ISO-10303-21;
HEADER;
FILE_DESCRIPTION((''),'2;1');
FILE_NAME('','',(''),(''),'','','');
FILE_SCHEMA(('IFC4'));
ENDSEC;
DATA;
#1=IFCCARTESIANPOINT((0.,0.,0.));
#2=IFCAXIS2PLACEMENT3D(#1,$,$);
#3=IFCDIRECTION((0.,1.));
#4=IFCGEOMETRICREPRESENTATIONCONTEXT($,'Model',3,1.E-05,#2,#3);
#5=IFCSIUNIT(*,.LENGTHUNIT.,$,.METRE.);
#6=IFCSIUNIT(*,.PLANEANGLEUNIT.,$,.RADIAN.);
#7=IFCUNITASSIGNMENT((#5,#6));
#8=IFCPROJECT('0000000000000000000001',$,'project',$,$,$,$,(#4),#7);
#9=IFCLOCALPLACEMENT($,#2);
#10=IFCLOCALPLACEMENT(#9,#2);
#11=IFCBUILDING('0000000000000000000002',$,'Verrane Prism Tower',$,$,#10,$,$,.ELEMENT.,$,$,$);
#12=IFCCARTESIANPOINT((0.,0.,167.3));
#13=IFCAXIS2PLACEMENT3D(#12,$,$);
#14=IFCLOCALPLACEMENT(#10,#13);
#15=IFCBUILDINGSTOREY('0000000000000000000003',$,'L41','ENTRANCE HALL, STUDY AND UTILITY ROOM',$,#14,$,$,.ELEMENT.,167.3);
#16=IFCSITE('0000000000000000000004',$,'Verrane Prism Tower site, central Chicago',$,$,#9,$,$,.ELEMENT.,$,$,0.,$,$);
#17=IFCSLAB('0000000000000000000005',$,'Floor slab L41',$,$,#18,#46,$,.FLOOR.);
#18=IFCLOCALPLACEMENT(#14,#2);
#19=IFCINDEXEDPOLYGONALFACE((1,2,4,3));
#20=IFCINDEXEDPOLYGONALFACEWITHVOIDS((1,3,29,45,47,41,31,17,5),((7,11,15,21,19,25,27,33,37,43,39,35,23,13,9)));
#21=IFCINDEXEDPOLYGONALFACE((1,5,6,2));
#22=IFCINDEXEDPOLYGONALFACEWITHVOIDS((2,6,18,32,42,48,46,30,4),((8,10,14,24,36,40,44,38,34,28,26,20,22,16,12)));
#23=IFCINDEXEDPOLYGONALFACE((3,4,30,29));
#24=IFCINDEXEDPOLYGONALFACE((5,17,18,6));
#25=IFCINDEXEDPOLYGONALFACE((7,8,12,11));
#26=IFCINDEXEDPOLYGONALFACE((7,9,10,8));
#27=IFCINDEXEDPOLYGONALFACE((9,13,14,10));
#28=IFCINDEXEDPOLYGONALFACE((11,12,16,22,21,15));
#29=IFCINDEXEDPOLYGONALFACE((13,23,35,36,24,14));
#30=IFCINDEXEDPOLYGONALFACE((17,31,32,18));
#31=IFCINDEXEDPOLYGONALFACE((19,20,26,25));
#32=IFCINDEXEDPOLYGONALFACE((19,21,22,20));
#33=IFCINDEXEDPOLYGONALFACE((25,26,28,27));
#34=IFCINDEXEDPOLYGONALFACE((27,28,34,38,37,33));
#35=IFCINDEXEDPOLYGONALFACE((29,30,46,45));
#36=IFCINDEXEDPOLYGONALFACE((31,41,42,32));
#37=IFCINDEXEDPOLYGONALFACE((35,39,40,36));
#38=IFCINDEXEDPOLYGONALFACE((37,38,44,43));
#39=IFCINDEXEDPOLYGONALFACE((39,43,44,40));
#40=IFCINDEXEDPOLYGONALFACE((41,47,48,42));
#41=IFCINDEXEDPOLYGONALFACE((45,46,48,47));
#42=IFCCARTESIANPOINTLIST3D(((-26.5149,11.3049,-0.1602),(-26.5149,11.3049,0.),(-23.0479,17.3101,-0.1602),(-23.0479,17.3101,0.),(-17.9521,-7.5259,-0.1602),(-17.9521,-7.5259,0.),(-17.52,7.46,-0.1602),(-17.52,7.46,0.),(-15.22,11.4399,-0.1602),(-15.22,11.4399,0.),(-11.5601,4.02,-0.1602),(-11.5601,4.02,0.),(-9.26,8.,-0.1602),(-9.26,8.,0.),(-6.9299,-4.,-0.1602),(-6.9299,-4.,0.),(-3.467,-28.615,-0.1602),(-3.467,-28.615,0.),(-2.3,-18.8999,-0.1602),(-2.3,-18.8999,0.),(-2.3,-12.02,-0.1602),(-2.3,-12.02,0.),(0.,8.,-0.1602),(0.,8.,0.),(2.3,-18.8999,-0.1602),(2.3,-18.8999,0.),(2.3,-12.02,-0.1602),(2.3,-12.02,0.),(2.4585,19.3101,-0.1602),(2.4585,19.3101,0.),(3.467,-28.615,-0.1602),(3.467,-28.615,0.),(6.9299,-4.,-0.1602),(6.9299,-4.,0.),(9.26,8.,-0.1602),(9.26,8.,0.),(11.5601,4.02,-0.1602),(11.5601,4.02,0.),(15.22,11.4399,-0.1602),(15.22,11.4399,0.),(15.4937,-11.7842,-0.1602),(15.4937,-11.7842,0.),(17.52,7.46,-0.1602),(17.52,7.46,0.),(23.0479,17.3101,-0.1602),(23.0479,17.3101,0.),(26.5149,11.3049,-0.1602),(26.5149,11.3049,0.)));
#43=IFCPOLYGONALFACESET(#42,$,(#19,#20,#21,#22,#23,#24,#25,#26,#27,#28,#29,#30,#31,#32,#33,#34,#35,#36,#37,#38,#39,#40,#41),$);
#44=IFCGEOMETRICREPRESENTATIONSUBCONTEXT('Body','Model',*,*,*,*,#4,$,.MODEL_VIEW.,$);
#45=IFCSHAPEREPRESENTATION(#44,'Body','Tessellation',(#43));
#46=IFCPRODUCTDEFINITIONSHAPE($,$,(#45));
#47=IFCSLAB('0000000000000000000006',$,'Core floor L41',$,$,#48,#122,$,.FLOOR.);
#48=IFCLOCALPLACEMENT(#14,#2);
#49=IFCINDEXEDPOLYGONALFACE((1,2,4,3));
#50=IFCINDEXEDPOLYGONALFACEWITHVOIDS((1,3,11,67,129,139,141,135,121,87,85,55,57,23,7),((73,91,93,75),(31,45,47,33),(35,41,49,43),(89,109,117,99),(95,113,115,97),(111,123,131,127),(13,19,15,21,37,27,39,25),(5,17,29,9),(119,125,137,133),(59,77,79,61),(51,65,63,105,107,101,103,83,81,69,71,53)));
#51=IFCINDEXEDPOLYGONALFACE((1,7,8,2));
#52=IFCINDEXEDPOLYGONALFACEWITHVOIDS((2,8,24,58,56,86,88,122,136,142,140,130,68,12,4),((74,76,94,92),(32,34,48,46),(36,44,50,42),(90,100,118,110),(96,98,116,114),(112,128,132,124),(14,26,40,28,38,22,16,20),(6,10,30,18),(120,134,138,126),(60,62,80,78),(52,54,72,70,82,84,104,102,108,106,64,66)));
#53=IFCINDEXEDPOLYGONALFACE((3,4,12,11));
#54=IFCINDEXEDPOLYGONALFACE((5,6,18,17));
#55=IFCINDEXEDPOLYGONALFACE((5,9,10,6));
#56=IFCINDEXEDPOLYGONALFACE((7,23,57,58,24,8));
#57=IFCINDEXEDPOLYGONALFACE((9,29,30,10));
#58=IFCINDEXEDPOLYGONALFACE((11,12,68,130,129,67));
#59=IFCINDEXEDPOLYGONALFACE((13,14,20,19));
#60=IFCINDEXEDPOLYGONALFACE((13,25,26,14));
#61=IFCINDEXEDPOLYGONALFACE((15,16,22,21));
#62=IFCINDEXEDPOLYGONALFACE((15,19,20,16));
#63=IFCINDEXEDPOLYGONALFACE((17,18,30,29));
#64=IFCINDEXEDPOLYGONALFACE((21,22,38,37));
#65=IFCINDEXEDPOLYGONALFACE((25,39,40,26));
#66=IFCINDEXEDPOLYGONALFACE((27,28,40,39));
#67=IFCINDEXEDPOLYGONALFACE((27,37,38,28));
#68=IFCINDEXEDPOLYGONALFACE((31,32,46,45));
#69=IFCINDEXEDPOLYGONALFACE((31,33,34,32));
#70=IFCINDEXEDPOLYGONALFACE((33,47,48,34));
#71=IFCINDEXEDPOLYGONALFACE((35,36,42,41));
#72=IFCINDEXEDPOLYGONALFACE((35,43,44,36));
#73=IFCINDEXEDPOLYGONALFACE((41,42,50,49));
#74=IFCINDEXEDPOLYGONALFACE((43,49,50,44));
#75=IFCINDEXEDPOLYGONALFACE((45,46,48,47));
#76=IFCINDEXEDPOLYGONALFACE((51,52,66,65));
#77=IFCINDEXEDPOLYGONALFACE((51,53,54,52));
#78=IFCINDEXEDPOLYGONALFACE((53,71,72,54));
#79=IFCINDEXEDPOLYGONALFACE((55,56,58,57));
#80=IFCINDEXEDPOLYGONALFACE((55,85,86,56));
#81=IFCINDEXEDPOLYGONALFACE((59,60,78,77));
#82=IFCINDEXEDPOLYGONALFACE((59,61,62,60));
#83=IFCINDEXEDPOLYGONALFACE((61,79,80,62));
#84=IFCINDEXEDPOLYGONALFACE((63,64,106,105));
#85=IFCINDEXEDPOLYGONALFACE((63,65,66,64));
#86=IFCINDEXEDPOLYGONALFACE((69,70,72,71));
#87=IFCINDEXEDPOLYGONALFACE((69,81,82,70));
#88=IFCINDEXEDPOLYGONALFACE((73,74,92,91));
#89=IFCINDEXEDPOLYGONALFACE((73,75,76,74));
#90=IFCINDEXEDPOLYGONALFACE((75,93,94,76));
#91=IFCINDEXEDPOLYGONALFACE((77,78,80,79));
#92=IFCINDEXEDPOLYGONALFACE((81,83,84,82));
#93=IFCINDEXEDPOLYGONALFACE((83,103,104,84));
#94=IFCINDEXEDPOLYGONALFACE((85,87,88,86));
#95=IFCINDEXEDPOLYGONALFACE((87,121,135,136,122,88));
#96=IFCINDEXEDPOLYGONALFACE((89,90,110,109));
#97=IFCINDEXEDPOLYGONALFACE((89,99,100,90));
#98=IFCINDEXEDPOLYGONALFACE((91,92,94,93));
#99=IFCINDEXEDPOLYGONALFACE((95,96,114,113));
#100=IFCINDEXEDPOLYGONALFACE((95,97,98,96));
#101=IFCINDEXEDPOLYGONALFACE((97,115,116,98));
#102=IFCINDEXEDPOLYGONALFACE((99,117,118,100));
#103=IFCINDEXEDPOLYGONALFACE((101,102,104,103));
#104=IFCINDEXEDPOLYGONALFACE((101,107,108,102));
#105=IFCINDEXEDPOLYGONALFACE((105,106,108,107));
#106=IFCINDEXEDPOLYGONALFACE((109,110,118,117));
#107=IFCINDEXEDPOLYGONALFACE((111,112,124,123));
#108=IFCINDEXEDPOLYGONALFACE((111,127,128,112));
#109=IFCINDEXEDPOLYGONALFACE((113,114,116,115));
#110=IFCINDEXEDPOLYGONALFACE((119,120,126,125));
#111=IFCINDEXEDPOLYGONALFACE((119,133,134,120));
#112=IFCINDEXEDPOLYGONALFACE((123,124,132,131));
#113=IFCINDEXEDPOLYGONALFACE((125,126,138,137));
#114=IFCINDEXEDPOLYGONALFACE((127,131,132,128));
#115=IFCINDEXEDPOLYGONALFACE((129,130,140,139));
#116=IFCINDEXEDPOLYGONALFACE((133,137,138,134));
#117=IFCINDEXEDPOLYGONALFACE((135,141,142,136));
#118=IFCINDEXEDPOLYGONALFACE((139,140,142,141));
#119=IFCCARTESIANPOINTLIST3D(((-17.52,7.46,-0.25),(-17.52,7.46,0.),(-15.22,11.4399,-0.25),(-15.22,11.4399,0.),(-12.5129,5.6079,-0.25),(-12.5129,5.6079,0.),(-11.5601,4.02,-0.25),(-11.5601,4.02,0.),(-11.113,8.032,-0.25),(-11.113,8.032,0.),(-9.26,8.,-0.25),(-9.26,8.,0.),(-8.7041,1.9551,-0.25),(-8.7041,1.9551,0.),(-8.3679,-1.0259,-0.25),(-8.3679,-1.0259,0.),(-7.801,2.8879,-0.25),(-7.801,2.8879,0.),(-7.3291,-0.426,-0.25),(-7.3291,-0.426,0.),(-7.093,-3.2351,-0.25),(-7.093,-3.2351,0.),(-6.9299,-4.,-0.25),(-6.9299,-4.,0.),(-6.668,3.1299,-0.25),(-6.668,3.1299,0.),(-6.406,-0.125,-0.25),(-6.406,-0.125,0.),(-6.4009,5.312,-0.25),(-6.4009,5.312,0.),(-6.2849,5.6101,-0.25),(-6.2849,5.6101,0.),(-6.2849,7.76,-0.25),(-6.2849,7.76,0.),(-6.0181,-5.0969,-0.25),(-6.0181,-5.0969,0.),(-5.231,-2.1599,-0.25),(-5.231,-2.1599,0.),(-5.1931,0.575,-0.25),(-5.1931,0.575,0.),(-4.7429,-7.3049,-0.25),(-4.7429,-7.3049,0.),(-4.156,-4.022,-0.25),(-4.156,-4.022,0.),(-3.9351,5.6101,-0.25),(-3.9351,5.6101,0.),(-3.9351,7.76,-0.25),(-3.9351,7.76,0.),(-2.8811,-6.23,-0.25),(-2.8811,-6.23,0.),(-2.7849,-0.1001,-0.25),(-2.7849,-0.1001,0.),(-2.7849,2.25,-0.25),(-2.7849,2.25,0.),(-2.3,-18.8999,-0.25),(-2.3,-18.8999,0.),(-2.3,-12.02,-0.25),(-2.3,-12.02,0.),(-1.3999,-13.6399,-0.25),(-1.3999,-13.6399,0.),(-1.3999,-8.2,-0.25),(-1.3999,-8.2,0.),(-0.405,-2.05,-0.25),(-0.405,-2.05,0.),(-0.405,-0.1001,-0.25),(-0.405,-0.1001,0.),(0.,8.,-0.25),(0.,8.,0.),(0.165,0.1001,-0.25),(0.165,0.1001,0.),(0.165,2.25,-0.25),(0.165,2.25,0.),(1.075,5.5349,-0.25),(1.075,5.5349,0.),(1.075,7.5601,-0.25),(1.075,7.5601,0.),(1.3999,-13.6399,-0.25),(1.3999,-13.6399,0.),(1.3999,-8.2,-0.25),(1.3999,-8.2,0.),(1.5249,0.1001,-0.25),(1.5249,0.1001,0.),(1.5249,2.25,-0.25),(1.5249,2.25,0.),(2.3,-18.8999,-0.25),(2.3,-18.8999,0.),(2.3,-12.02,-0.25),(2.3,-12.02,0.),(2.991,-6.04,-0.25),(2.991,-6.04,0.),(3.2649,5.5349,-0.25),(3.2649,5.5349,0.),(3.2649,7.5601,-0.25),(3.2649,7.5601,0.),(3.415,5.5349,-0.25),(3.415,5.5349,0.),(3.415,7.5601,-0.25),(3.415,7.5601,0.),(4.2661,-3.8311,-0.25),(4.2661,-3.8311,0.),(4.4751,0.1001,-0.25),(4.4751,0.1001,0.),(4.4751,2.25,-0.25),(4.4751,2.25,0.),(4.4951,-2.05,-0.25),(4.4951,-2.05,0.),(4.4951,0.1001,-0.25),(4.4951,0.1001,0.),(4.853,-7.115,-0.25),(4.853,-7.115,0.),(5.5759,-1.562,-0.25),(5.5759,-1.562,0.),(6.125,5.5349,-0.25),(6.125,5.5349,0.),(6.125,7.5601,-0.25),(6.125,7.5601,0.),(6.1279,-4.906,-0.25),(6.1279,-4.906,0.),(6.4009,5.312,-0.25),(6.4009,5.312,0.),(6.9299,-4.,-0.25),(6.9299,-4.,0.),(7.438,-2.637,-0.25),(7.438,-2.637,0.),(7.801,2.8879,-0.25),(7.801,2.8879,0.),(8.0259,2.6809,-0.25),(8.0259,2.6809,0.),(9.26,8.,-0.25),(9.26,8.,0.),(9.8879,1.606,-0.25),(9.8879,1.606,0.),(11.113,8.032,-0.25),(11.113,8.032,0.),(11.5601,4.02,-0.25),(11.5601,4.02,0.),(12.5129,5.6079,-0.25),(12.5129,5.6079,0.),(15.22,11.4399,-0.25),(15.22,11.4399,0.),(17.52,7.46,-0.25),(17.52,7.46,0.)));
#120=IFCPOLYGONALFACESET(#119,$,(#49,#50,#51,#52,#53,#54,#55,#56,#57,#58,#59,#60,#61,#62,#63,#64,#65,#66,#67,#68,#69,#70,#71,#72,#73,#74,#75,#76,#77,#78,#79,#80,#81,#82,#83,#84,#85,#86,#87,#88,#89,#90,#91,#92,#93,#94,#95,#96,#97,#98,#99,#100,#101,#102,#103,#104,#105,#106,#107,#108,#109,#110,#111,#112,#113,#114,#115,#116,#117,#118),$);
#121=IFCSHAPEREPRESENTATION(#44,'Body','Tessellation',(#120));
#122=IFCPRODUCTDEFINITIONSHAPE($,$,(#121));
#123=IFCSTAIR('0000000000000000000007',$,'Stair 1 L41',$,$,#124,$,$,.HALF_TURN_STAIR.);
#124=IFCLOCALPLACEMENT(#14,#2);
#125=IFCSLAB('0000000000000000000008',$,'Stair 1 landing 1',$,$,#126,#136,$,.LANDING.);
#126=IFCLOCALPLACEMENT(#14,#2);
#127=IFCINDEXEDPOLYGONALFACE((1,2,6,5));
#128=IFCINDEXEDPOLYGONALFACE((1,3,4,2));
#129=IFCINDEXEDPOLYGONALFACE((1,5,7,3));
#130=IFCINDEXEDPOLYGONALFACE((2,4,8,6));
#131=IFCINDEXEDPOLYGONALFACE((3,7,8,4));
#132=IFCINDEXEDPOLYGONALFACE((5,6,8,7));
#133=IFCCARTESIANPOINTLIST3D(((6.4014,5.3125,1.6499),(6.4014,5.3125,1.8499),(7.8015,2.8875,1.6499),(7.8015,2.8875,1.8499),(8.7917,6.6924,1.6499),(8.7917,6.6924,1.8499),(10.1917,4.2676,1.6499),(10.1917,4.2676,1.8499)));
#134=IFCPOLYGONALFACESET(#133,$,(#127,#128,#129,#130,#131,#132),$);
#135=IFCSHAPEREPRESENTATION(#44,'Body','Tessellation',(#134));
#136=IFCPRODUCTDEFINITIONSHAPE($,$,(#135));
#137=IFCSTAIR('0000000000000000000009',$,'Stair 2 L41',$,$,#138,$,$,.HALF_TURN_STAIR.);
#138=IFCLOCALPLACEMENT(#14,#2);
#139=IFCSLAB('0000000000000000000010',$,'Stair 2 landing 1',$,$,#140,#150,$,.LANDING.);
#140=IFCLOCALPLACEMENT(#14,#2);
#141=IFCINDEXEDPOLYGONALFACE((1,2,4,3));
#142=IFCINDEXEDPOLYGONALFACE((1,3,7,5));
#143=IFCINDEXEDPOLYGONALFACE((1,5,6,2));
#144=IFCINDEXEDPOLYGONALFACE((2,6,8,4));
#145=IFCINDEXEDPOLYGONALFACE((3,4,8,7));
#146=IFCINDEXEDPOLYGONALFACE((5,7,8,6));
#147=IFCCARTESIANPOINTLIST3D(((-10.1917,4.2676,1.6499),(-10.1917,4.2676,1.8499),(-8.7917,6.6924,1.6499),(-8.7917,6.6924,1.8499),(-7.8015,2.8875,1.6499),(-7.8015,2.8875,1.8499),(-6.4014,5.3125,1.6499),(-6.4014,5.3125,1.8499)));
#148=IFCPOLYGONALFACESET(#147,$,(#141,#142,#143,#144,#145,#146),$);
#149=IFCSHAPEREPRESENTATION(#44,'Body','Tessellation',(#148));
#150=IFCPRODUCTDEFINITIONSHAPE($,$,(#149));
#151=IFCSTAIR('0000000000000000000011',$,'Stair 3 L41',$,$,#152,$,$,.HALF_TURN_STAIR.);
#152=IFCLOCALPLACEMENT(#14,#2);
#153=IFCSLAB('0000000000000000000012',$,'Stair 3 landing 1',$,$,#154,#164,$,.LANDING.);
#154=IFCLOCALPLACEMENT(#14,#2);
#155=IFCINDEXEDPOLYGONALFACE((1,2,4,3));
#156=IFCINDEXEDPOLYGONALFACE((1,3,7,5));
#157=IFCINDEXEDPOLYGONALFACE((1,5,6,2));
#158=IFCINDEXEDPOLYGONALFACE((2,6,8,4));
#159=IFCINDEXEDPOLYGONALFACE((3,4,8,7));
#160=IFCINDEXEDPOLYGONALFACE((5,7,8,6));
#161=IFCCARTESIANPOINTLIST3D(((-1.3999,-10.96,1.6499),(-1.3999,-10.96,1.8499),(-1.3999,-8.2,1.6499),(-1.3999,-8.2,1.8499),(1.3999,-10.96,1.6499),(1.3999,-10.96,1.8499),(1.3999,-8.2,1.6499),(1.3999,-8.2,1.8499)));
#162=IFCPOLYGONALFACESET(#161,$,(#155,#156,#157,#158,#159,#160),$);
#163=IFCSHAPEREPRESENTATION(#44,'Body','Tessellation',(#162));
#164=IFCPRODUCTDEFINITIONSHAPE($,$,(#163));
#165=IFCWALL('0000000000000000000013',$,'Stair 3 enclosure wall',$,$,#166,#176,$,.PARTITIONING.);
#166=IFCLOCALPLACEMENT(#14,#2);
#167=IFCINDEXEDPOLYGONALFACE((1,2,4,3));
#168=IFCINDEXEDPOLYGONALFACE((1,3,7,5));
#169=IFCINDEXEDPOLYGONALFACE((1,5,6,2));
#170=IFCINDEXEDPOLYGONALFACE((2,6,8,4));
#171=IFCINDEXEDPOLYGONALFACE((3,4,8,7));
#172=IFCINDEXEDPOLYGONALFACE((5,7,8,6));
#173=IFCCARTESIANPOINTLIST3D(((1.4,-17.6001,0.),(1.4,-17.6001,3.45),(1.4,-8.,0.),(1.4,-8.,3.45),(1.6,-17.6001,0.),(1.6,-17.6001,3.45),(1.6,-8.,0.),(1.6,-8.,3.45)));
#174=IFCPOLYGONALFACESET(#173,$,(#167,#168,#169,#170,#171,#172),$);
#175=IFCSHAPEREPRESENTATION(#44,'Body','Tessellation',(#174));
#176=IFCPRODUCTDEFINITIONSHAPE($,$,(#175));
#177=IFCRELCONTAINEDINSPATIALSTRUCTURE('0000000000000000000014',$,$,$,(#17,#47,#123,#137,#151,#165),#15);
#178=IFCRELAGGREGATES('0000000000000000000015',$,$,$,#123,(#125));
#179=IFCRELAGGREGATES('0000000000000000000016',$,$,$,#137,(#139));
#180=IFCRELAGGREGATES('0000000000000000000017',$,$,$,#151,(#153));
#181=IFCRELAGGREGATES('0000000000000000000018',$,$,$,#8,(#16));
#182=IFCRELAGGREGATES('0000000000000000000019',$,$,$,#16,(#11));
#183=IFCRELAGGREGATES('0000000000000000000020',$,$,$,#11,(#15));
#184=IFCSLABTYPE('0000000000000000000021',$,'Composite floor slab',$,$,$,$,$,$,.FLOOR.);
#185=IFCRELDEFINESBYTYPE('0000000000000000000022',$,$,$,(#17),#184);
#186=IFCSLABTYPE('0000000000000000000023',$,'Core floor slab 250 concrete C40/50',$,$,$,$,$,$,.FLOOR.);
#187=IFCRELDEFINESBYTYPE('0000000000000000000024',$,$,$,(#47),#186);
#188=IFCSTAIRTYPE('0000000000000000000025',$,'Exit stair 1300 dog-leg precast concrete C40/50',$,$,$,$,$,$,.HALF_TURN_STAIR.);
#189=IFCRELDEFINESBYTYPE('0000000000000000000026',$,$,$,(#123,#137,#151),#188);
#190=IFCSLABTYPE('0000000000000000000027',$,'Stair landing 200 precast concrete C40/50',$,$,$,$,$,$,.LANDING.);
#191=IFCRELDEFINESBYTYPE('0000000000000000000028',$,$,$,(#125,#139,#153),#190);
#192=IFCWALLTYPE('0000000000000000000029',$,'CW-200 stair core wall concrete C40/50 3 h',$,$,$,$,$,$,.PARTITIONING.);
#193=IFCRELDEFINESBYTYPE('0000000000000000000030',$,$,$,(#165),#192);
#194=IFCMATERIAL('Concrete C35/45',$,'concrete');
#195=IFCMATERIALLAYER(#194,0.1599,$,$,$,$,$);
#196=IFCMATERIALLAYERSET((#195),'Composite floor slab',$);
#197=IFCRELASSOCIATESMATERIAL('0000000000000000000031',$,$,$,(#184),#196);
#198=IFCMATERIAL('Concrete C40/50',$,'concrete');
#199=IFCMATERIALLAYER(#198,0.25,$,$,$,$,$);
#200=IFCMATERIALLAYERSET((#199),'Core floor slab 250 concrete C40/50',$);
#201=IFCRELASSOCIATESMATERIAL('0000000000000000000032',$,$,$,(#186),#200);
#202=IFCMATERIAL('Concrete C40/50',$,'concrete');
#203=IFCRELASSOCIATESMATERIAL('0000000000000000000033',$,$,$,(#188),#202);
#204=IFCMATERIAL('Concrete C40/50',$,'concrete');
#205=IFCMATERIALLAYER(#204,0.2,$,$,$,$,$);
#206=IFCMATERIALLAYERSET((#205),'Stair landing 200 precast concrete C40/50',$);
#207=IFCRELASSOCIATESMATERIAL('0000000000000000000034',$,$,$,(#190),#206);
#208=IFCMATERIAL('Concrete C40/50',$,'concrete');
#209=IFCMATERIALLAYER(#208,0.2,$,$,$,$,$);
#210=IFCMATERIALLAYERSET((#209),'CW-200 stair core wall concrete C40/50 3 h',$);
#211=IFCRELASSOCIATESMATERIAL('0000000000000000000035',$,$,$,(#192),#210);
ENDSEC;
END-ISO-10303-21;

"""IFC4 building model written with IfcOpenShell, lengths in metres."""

from ifc_helpers import new_model, si_unit, direction, frame, frame_2d, origin, place, context, subcontext, project, spatial, polyline, rectangle, outline, extrude, material, layer, layer_set, type_object, element, aggregate, save


model = new_model("IFC4")

# Units and contexts
model_context = context("Model", 3, precision=1e-05, world=origin(), true_north=direction((0.0, 1.0)))
body_context = subcontext(model_context, "Body", "Model", "MODEL_VIEW")
ifc_project = project(units=[si_unit("LENGTHUNIT", "METRE"), si_unit("PLANEANGLEUNIT", "RADIAN")], contexts=[model_context])

# Site, building, storey
site_placement = place(None, origin())
site = spatial("IfcSite", under=ifc_project, at=site_placement, Name="Verrane Prism Tower site, central Chicago", CompositionType="ELEMENT", RefElevation=0.0)
building_placement = place(site_placement, origin())
building = spatial("IfcBuilding", under=site, at=building_placement, Name="Verrane Prism Tower", CompositionType="ELEMENT")
storey_placement = place(building_placement, frame((0.0, 0.0, 167.3)))
storey = spatial("IfcBuildingStorey", under=building, at=storey_placement, Name="L41", Description="ENTRANCE HALL, STUDY AND UTILITY ROOM", CompositionType="ELEMENT", Elevation=167.3)

# Slabs
ifc_material_1 = material(Name="Concrete C35/45", Category="concrete")
ifc_layer_1 = layer(ifc_material_1, 0.1599)
ifc_layer_set_1 = layer_set([ifc_layer_1], Name="Composite floor slab")
slab_type_1 = type_object("IfcSlabType", Name="Composite floor slab", PredefinedType="FLOOR", material=ifc_layer_set_1)
slab_1_placement = place(storey_placement, frame((0.0, 0.0, -0.1602)))
element("IfcSlab", 1, at=slab_1_placement, inside=storey, type_object=slab_type_1, Name="Floor slab L41", PredefinedType="FLOOR", context=body_context, shape_type="SweptSolid", body=[
    extrude(outline(polyline([(15.4937, -11.7842), (3.467, -28.615), (-3.467, -28.615), (-17.9521, -7.5259), (-26.5149, 11.3049), (-23.0479, 17.3101), (2.4585, 19.3101), (23.0479, 17.3101), (26.5149, 11.3049), (15.4937, -11.7842)]), holes=[polyline([(17.52, 7.46), (15.22, 11.4399), (9.26, 8.0), (0.0, 8.0), (-9.26, 8.0), (-15.22, 11.4399), (-17.52, 7.46), (-11.5601, 4.02), (-6.9299, -4.0), (-2.3, -12.02), (-2.3, -18.8999), (2.3, -18.8999), (2.3, -12.02), (6.9299, -4.0), (11.5601, 4.02), (17.52, 7.46)])]), origin(), (0.0, 0.0, 1.0), 0.1602),
])
ifc_material_2 = material(Name="Concrete C40/50", Category="concrete")
ifc_layer_2 = layer(ifc_material_2, 0.25)
ifc_layer_set_2 = layer_set([ifc_layer_2], Name="Core floor slab 250 concrete C40/50")
slab_type_2 = type_object("IfcSlabType", Name="Core floor slab 250 concrete C40/50", PredefinedType="FLOOR", material=ifc_layer_set_2)
slab_2_placement = place(storey_placement, frame((0.0, 0.0, -0.25)))
element("IfcSlab", 2, at=slab_2_placement, inside=storey, type_object=slab_type_2, Name="Core floor L41", PredefinedType="FLOOR", context=body_context, shape_type="SweptSolid", body=[
    extrude(outline(polyline([(11.5601, 4.02), (17.52, 7.46), (15.22, 11.4399), (9.26, 8.0), (0.0, 8.0), (-9.26, 8.0), (-15.22, 11.4399), (-17.52, 7.46), (-11.5601, 4.02), (-6.9299, -4.0), (-2.3, -12.02), (-2.3, -18.8999), (2.3, -18.8999), (2.3, -12.02), (6.9299, -4.0), (11.5601, 4.02)]), holes=[polyline([(1.3999, -8.2), (1.3999, -13.6399), (-1.3999, -13.6399), (-1.3999, -8.2), (1.3999, -8.2)]), polyline([(-2.8811, -6.23), (-4.7429, -7.3049), (-6.0181, -5.0969), (-4.156, -4.022), (-2.8811, -6.23)]), polyline([(-7.801, 2.8879), (-12.5129, 5.6079), (-11.113, 8.032), (-6.4009, 5.312), (-7.801, 2.8879)]), polyline([(-6.2849, 5.6101), (-6.2849, 7.76), (-3.9351, 7.76), (-3.9351, 5.6101), (-6.2849, 5.6101)]), polyline([(4.2661, -3.8311), (6.1279, -4.906), (4.853, -7.115), (2.991, -6.04), (4.2661, -3.8311)]), polyline([(7.438, -2.637), (5.5759, -1.562), (8.0259, 2.6809), (9.8879, 1.606), (7.438, -2.637)]), polyline([(0.165, 0.1001), (1.5249, 0.1001), (1.5249, 2.25), (4.4751, 2.25), (4.4751, 0.1001), (4.4951, 0.1001), (4.4951, -2.05), (-0.405, -2.05), (-0.405, -0.1001), (-2.7849, -0.1001), (-2.7849, 2.25), (0.165, 2.25), (0.165, 0.1001)]), polyline([(6.4009, 5.312), (11.113, 8.032), (12.5129, 5.6079), (7.801, 2.8879), (6.4009, 5.312)]), polyline([(1.075, 5.5349), (1.075, 7.5601), (3.2649, 7.5601), (3.2649, 5.5349), (1.075, 5.5349)]), polyline([(3.415, 7.5601), (6.125, 7.5601), (6.125, 5.5349), (3.415, 5.5349), (3.415, 7.5601)]), polyline([(-5.231, -2.1599), (-7.093, -3.2351), (-8.3679, -1.0259), (-7.3291, -0.426), (-8.7041, 1.9551), (-6.668, 3.1299), (-5.1931, 0.575), (-6.406, -0.125), (-5.231, -2.1599)])]), origin(), (0.0, 0.0, 1.0), 0.25),
])

# Stairs, slabs
ifc_material_3 = material(Name="Concrete C40/50", Category="concrete")
stair_type = type_object("IfcStairType", Name="Exit stair 1300 dog-leg precast concrete C40/50", PredefinedType="HALF_TURN_STAIR", material=ifc_material_3)
stair_1_placement = place(storey_placement, origin())
stair_1 = element("IfcStair", 3, at=stair_1_placement, inside=storey, type_object=stair_type, Name="Stair 1 L41", PredefinedType="HALF_TURN_STAIR")
ifc_material_4 = material(Name="Concrete C40/50", Category="concrete")
ifc_layer_3 = layer(ifc_material_4, 0.2)
ifc_layer_set_3 = layer_set([ifc_layer_3], Name="Stair landing 200 precast concrete C40/50")
slab_type_3 = type_object("IfcSlabType", Name="Stair landing 200 precast concrete C40/50", PredefinedType="LANDING", material=ifc_layer_set_3)
slab_3_placement = place(storey_placement, frame((0.0, 0.0, 1.6499)))
slab_3 = element("IfcSlab", 4, at=slab_3_placement, type_object=slab_type_3, Name="Stair 1 landing 1", PredefinedType="LANDING", context=body_context, shape_type="SweptSolid", body=[
    extrude(outline(polyline([(8.7917, 6.6924), (6.4014, 5.3125), (7.8015, 2.8875), (10.1917, 4.2676), (8.7917, 6.6924)])), origin(), (0.0, 0.0, 1.0), 0.2),
])
aggregate(stair_1, [slab_3])
stair_2_placement = place(storey_placement, origin())
stair_2 = element("IfcStair", 5, at=stair_2_placement, inside=storey, type_object=stair_type, Name="Stair 2 L41", PredefinedType="HALF_TURN_STAIR")
slab_4_placement = place(storey_placement, frame((0.0, 0.0, 1.6499)))
slab_4 = element("IfcSlab", 6, at=slab_4_placement, type_object=slab_type_3, Name="Stair 2 landing 1", PredefinedType="LANDING", context=body_context, shape_type="SweptSolid", body=[
    extrude(outline(polyline([(-10.1917, 4.2676), (-7.8015, 2.8875), (-6.4014, 5.3125), (-8.7917, 6.6924), (-10.1917, 4.2676)])), origin(), (0.0, 0.0, 1.0), 0.2),
])
aggregate(stair_2, [slab_4])
stair_3_placement = place(storey_placement, origin())
stair_3 = element("IfcStair", 7, at=stair_3_placement, inside=storey, type_object=stair_type, Name="Stair 3 L41", PredefinedType="HALF_TURN_STAIR")
slab_5_placement = place(storey_placement, frame((0.0, 0.0, 1.6499)))
slab_5 = element("IfcSlab", 8, at=slab_5_placement, type_object=slab_type_3, Name="Stair 3 landing 1", PredefinedType="LANDING", context=body_context, shape_type="SweptSolid", body=[
    extrude(outline(polyline([(1.3999, -10.96), (1.3999, -8.2), (-1.3999, -8.2), (-1.3999, -10.96), (1.3999, -10.96)])), origin(), (0.0, 0.0, 1.0), 0.2),
])
aggregate(stair_3, [slab_5])

# Wall
ifc_material_5 = material(Name="Concrete C40/50", Category="concrete")
ifc_layer_4 = layer(ifc_material_5, 0.2)
ifc_layer_set_4 = layer_set([ifc_layer_4], Name="CW-200 stair core wall concrete C40/50 3 h")
wall_type_1 = type_object("IfcWallType", Name="CW-200 stair core wall concrete C40/50 3 h", PredefinedType="PARTITIONING", material=ifc_layer_set_4)
wall_1_placement = place(storey_placement, frame((1.5, -8.0, 0.0), z_axis=(0.0, 0.0, 1.0), x_axis=(0.0, -1.0, 0.0)))
element("IfcWall", 9, at=wall_1_placement, inside=storey, type_object=wall_type_1, Name="Stair 3 enclosure wall", PredefinedType="PARTITIONING", context=body_context, shape_type="SweptSolid", body=[
    extrude(rectangle(XDim=9.6001, YDim=0.2, at=frame_2d((4.8, 0.0))), origin(), (0.0, 0.0, 1.0), 3.45),
])

save(model, "model.ifc")
